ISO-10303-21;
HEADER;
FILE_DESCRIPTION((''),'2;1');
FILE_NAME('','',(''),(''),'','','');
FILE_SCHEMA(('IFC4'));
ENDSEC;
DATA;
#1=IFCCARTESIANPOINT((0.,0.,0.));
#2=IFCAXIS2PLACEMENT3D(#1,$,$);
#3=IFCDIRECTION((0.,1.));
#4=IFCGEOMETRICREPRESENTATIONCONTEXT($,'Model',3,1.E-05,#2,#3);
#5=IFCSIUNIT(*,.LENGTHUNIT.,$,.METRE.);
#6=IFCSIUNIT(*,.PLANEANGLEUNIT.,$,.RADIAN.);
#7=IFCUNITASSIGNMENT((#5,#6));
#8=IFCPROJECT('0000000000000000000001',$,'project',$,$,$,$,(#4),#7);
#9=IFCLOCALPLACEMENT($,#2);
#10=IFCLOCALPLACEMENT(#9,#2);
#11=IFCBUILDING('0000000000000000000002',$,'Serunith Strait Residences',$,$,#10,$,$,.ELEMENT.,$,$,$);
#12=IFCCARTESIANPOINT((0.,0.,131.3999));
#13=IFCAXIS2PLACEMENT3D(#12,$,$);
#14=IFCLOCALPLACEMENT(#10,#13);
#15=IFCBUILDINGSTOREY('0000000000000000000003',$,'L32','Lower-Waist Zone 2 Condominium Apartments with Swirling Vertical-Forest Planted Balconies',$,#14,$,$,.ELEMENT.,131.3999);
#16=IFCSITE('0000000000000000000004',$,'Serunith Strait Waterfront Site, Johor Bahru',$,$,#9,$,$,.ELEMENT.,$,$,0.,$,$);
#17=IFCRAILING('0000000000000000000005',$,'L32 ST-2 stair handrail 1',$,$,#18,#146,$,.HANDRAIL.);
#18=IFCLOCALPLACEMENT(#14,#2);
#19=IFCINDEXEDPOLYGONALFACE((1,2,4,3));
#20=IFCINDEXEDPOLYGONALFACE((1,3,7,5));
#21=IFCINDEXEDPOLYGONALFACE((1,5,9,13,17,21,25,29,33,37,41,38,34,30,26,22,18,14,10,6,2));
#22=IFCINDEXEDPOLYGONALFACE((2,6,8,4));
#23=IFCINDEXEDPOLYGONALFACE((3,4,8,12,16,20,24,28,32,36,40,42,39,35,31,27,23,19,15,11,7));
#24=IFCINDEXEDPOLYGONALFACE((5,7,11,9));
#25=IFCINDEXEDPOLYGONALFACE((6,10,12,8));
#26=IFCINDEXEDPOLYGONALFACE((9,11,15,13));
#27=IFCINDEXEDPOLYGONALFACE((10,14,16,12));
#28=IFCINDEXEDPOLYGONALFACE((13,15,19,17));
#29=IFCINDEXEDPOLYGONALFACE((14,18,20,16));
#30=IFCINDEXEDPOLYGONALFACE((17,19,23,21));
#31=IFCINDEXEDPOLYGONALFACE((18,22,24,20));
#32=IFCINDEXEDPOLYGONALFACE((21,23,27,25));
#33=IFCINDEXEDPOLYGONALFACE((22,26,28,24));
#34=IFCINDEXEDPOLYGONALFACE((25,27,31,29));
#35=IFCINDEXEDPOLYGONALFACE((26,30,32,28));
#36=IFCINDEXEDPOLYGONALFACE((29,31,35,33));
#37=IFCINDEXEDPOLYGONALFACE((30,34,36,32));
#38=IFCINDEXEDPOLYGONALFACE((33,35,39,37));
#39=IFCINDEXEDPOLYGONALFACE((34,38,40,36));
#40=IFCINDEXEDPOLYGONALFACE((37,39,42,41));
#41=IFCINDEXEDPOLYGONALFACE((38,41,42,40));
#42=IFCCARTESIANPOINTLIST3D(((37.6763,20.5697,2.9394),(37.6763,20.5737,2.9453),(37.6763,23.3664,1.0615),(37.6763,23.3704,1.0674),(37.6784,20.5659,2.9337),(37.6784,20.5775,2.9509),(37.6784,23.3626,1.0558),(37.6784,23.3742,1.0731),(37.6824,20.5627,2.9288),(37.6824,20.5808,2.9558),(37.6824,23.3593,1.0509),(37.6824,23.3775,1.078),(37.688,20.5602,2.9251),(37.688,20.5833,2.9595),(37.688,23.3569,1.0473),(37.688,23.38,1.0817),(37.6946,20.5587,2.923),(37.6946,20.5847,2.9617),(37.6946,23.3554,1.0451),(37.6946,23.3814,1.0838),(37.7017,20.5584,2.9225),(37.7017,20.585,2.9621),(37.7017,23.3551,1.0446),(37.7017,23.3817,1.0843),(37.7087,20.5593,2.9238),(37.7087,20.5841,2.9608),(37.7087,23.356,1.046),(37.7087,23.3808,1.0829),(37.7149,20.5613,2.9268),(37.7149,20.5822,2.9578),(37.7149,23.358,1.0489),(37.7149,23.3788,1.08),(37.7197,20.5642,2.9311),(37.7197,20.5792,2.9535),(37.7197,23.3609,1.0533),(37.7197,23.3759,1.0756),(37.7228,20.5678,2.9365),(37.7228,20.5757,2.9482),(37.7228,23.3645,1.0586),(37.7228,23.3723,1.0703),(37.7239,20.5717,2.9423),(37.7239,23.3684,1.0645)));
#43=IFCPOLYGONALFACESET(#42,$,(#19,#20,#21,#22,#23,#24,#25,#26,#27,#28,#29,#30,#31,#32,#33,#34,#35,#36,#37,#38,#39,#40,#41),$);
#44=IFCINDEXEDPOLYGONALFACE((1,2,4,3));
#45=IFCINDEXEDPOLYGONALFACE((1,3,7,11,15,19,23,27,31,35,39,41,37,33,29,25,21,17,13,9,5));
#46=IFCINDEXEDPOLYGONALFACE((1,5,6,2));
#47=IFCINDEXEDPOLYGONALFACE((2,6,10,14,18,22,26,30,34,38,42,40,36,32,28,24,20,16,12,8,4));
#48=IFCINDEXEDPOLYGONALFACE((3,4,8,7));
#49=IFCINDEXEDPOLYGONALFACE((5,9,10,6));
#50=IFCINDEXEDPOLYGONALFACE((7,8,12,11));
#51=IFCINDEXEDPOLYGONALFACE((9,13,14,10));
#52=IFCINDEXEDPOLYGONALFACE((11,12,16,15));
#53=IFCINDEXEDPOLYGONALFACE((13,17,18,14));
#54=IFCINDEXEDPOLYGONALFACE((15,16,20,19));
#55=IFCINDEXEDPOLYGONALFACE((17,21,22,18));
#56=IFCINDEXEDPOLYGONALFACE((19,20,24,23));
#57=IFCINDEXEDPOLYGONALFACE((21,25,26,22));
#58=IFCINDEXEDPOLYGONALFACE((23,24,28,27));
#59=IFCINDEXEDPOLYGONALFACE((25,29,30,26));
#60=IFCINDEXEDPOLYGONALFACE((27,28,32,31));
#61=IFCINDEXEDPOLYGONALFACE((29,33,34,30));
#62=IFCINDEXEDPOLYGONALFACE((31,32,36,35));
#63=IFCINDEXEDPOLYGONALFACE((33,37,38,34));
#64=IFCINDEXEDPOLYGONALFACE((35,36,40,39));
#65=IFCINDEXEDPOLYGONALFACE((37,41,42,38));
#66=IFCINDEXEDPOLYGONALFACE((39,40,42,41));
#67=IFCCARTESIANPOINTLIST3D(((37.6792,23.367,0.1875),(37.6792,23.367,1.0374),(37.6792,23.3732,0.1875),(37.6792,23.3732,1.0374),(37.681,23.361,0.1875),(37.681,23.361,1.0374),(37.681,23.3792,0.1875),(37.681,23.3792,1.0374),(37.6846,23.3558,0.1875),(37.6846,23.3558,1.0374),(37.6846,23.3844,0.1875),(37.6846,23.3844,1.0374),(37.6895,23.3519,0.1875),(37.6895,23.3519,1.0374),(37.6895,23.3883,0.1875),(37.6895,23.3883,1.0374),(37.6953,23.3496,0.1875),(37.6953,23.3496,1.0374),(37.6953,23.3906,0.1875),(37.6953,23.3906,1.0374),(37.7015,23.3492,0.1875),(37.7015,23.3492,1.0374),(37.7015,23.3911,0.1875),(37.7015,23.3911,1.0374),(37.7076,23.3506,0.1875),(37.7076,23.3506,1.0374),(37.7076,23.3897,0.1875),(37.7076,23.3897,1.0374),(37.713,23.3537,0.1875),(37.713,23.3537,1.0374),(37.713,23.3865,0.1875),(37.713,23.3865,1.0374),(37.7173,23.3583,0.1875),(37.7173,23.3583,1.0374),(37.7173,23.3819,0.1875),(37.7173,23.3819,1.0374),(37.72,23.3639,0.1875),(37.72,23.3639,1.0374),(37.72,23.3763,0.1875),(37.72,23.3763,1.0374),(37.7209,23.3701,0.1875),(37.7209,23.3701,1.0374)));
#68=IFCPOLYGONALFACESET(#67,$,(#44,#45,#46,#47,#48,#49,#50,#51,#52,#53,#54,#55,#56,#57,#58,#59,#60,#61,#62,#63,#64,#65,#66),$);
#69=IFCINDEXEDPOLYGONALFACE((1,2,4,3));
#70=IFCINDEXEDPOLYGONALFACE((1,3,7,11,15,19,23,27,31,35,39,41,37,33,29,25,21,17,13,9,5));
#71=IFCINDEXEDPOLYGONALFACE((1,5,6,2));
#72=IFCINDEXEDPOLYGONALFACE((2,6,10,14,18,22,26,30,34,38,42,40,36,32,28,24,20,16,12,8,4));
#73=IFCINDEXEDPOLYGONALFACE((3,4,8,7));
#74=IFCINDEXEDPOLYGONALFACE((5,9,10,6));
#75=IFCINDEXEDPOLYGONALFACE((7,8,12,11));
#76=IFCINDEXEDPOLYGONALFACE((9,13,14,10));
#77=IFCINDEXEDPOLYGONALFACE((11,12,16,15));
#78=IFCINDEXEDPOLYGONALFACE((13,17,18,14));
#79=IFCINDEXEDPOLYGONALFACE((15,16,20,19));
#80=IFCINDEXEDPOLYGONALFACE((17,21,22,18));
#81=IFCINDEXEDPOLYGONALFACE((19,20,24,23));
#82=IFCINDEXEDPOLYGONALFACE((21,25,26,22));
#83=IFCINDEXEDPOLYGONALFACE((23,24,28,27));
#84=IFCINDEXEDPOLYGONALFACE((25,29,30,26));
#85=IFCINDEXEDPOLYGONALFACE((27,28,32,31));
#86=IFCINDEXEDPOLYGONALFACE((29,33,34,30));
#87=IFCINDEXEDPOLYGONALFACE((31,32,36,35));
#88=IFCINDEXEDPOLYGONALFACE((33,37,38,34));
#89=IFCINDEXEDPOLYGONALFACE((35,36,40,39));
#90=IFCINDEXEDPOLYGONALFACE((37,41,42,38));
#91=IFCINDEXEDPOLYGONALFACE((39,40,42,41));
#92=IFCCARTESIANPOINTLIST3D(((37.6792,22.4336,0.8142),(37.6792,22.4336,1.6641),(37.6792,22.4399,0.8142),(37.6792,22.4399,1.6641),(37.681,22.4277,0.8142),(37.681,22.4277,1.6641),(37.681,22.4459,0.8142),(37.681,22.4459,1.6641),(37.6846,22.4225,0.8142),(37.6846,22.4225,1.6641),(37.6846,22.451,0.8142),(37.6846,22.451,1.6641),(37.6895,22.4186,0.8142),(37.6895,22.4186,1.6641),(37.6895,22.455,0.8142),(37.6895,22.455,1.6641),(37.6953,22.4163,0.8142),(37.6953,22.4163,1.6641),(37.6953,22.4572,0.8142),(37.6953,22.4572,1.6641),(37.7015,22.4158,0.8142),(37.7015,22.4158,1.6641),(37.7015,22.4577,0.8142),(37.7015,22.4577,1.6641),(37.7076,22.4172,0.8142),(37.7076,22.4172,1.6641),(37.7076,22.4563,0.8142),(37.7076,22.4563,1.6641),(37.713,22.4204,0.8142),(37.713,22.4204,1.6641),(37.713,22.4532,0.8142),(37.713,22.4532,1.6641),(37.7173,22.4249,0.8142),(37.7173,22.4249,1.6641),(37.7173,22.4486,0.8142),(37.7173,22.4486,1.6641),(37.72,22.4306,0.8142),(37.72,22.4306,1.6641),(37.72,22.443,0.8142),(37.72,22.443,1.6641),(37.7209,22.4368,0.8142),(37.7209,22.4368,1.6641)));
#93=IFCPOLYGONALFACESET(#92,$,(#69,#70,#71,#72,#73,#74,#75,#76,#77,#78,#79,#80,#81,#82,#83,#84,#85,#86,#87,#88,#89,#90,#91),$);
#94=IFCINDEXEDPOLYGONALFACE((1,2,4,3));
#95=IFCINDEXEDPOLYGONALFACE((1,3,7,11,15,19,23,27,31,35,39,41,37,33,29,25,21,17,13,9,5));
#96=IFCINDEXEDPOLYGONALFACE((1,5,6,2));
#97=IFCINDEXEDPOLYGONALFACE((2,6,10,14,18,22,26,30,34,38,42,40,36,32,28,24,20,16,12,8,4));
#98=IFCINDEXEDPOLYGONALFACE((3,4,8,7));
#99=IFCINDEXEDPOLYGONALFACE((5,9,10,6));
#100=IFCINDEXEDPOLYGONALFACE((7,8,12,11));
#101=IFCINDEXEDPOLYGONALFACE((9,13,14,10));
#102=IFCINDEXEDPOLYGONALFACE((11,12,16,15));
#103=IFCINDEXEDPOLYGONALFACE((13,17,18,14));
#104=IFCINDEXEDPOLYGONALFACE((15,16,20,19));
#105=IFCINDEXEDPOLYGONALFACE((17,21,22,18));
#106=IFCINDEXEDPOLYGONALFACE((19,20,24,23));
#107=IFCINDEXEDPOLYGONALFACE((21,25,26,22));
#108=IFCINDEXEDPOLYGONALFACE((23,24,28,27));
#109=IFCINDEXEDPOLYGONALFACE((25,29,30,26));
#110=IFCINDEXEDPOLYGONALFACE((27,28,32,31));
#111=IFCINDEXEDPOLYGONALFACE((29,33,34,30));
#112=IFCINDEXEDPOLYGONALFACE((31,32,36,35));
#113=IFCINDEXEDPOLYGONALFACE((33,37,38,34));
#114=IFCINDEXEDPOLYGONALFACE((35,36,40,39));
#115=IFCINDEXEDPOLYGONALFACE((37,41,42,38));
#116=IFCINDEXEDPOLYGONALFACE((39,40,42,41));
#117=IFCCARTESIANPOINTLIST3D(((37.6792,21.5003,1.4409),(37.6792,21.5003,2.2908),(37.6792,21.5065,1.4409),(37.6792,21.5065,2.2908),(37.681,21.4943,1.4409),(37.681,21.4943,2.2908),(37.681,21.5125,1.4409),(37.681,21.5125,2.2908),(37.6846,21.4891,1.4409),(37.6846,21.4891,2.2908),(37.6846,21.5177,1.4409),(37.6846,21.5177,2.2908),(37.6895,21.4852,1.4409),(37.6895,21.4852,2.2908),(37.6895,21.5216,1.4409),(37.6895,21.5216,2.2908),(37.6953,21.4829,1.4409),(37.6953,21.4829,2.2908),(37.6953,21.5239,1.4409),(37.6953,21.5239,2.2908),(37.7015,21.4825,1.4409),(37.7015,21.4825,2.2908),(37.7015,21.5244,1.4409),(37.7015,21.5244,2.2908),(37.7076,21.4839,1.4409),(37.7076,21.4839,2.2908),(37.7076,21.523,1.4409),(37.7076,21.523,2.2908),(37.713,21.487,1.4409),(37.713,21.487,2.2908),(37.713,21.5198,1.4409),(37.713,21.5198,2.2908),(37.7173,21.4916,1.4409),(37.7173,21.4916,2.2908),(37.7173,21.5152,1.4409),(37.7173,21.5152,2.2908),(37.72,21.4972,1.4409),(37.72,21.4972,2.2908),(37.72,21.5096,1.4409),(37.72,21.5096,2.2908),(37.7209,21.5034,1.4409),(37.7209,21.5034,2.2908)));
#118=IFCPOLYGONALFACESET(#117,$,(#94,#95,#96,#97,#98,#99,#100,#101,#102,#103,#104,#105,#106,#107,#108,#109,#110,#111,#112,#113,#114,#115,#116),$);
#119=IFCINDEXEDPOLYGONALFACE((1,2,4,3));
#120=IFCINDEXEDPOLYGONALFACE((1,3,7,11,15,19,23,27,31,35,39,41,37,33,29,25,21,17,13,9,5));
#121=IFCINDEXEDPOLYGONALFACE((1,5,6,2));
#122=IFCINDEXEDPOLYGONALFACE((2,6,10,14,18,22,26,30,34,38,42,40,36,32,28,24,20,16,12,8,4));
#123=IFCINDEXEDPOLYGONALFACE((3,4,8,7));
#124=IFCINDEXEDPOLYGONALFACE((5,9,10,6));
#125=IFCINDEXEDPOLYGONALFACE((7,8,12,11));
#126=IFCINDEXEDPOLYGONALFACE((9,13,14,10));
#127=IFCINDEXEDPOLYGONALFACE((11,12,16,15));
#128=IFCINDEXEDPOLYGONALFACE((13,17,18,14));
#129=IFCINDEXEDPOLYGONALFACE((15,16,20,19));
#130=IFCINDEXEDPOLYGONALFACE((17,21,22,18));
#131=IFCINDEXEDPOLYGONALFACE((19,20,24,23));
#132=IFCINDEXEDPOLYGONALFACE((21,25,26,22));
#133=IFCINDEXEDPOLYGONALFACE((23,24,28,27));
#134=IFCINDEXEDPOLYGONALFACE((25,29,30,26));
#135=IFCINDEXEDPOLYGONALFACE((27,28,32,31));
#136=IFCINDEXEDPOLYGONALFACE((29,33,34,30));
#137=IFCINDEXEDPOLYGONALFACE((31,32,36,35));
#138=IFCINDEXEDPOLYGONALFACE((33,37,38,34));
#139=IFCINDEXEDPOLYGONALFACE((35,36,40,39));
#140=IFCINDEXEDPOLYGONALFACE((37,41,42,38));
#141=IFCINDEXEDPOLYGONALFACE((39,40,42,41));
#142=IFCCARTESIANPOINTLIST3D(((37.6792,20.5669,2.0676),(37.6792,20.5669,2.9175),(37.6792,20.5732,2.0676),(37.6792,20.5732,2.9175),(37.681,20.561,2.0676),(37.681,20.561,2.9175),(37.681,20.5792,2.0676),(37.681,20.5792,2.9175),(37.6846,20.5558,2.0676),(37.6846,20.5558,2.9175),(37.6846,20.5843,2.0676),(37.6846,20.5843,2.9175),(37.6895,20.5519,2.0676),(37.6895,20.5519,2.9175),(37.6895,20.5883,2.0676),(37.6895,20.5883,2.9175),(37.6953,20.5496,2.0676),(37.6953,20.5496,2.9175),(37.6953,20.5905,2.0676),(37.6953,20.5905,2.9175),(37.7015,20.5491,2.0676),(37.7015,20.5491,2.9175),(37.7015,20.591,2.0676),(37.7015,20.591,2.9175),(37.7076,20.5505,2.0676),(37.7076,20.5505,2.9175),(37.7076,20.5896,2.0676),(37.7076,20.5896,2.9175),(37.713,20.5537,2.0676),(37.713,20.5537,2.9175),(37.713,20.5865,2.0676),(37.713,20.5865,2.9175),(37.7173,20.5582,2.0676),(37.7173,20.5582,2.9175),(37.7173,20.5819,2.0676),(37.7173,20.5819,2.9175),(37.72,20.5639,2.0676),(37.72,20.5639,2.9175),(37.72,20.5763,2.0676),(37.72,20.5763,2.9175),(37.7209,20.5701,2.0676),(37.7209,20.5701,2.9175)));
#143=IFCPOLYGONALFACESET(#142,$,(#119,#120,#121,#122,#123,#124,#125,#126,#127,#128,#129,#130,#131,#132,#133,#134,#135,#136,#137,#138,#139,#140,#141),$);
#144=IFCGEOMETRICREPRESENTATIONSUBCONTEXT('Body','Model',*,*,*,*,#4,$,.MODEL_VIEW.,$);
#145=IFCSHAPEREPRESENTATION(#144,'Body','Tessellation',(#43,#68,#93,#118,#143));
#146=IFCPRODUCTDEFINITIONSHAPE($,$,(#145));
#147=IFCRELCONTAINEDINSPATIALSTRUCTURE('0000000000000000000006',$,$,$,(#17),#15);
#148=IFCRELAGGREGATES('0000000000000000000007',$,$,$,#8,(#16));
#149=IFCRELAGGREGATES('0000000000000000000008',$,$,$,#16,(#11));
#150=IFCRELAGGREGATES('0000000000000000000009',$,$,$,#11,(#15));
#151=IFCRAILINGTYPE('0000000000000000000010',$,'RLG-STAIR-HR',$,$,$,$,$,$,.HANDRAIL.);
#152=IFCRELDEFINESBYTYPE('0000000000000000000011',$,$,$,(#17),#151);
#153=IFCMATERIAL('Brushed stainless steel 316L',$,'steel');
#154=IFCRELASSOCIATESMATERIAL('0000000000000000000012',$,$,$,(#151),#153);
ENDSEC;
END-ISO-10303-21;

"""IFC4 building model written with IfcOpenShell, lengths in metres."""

from ifc_helpers import new_model, si_unit, direction, frame, origin, origin_2d, place, context, subcontext, project, spatial, circle, extrude, material, type_object, element, save


model = new_model("IFC4")

# Units and contexts
model_context = context("Model", 3, precision=1e-05, world=origin(), true_north=direction((0.0, 1.0)))
body_context = subcontext(model_context, "Body", "Model", "MODEL_VIEW")
ifc_project = project(units=[si_unit("LENGTHUNIT", "METRE"), si_unit("PLANEANGLEUNIT", "RADIAN")], contexts=[model_context])

# Site, building, storey
site_placement = place(None, origin())
site = spatial("IfcSite", under=ifc_project, at=site_placement, Name="Serunith Strait Waterfront Site, Johor Bahru", CompositionType="ELEMENT", RefElevation=0.0)
building_placement = place(site_placement, origin())
building = spatial("IfcBuilding", under=site, at=building_placement, Name="Serunith Strait Residences", CompositionType="ELEMENT")
storey_placement = place(building_placement, frame((0.0, 0.0, 131.3999)))
storey = spatial("IfcBuildingStorey", under=building, at=storey_placement, Name="L32", Description="Lower-Waist Zone 2 Condominium Apartments with Swirling Vertical-Forest Planted Balconies", CompositionType="ELEMENT", Elevation=131.3999)

# Railing
ifc_material_1 = material(Name="Brushed stainless steel 316L", Category="steel")
railing_type_1 = type_object("IfcRailingType", Name="RLG-STAIR-HR", PredefinedType="HANDRAIL", material=ifc_material_1)
railing_1_placement = place(storey_placement, frame((37.7, 23.3701, 0.1875)))
element("IfcRailing", 1, at=railing_1_placement, inside=storey, type_object=railing_type_1, Name="L32 ST-2 stair handrail 1", PredefinedType="HANDRAIL", context=body_context, shape_type="SweptSolid", body=[
    extrude(circle(Radius=0.0239, at=origin_2d()), frame((0.0, -0.0017, 0.877), z_axis=(0.0, -0.830208, 0.557453), x_axis=(1.0, 0.0, 0.0)), (0.0, 0.0, 1.0), 3.3687),
    extrude(circle(Radius=0.021, at=origin_2d()), origin(), (0.0, 0.0, 1.0), 0.8499),
    extrude(circle(Radius=0.021, at=origin_2d()), frame((0.0, -0.9333, 0.6267)), (0.0, 0.0, 1.0), 0.8499),
    extrude(circle(Radius=0.021, at=origin_2d()), frame((0.0, -1.8667, 1.2534)), (0.0, 0.0, 1.0), 0.8499),
    extrude(circle(Radius=0.021, at=origin_2d()), frame((0.0, -2.8, 1.8801)), (0.0, 0.0, 1.0), 0.8499),
])

save(model, "model.ifc")
